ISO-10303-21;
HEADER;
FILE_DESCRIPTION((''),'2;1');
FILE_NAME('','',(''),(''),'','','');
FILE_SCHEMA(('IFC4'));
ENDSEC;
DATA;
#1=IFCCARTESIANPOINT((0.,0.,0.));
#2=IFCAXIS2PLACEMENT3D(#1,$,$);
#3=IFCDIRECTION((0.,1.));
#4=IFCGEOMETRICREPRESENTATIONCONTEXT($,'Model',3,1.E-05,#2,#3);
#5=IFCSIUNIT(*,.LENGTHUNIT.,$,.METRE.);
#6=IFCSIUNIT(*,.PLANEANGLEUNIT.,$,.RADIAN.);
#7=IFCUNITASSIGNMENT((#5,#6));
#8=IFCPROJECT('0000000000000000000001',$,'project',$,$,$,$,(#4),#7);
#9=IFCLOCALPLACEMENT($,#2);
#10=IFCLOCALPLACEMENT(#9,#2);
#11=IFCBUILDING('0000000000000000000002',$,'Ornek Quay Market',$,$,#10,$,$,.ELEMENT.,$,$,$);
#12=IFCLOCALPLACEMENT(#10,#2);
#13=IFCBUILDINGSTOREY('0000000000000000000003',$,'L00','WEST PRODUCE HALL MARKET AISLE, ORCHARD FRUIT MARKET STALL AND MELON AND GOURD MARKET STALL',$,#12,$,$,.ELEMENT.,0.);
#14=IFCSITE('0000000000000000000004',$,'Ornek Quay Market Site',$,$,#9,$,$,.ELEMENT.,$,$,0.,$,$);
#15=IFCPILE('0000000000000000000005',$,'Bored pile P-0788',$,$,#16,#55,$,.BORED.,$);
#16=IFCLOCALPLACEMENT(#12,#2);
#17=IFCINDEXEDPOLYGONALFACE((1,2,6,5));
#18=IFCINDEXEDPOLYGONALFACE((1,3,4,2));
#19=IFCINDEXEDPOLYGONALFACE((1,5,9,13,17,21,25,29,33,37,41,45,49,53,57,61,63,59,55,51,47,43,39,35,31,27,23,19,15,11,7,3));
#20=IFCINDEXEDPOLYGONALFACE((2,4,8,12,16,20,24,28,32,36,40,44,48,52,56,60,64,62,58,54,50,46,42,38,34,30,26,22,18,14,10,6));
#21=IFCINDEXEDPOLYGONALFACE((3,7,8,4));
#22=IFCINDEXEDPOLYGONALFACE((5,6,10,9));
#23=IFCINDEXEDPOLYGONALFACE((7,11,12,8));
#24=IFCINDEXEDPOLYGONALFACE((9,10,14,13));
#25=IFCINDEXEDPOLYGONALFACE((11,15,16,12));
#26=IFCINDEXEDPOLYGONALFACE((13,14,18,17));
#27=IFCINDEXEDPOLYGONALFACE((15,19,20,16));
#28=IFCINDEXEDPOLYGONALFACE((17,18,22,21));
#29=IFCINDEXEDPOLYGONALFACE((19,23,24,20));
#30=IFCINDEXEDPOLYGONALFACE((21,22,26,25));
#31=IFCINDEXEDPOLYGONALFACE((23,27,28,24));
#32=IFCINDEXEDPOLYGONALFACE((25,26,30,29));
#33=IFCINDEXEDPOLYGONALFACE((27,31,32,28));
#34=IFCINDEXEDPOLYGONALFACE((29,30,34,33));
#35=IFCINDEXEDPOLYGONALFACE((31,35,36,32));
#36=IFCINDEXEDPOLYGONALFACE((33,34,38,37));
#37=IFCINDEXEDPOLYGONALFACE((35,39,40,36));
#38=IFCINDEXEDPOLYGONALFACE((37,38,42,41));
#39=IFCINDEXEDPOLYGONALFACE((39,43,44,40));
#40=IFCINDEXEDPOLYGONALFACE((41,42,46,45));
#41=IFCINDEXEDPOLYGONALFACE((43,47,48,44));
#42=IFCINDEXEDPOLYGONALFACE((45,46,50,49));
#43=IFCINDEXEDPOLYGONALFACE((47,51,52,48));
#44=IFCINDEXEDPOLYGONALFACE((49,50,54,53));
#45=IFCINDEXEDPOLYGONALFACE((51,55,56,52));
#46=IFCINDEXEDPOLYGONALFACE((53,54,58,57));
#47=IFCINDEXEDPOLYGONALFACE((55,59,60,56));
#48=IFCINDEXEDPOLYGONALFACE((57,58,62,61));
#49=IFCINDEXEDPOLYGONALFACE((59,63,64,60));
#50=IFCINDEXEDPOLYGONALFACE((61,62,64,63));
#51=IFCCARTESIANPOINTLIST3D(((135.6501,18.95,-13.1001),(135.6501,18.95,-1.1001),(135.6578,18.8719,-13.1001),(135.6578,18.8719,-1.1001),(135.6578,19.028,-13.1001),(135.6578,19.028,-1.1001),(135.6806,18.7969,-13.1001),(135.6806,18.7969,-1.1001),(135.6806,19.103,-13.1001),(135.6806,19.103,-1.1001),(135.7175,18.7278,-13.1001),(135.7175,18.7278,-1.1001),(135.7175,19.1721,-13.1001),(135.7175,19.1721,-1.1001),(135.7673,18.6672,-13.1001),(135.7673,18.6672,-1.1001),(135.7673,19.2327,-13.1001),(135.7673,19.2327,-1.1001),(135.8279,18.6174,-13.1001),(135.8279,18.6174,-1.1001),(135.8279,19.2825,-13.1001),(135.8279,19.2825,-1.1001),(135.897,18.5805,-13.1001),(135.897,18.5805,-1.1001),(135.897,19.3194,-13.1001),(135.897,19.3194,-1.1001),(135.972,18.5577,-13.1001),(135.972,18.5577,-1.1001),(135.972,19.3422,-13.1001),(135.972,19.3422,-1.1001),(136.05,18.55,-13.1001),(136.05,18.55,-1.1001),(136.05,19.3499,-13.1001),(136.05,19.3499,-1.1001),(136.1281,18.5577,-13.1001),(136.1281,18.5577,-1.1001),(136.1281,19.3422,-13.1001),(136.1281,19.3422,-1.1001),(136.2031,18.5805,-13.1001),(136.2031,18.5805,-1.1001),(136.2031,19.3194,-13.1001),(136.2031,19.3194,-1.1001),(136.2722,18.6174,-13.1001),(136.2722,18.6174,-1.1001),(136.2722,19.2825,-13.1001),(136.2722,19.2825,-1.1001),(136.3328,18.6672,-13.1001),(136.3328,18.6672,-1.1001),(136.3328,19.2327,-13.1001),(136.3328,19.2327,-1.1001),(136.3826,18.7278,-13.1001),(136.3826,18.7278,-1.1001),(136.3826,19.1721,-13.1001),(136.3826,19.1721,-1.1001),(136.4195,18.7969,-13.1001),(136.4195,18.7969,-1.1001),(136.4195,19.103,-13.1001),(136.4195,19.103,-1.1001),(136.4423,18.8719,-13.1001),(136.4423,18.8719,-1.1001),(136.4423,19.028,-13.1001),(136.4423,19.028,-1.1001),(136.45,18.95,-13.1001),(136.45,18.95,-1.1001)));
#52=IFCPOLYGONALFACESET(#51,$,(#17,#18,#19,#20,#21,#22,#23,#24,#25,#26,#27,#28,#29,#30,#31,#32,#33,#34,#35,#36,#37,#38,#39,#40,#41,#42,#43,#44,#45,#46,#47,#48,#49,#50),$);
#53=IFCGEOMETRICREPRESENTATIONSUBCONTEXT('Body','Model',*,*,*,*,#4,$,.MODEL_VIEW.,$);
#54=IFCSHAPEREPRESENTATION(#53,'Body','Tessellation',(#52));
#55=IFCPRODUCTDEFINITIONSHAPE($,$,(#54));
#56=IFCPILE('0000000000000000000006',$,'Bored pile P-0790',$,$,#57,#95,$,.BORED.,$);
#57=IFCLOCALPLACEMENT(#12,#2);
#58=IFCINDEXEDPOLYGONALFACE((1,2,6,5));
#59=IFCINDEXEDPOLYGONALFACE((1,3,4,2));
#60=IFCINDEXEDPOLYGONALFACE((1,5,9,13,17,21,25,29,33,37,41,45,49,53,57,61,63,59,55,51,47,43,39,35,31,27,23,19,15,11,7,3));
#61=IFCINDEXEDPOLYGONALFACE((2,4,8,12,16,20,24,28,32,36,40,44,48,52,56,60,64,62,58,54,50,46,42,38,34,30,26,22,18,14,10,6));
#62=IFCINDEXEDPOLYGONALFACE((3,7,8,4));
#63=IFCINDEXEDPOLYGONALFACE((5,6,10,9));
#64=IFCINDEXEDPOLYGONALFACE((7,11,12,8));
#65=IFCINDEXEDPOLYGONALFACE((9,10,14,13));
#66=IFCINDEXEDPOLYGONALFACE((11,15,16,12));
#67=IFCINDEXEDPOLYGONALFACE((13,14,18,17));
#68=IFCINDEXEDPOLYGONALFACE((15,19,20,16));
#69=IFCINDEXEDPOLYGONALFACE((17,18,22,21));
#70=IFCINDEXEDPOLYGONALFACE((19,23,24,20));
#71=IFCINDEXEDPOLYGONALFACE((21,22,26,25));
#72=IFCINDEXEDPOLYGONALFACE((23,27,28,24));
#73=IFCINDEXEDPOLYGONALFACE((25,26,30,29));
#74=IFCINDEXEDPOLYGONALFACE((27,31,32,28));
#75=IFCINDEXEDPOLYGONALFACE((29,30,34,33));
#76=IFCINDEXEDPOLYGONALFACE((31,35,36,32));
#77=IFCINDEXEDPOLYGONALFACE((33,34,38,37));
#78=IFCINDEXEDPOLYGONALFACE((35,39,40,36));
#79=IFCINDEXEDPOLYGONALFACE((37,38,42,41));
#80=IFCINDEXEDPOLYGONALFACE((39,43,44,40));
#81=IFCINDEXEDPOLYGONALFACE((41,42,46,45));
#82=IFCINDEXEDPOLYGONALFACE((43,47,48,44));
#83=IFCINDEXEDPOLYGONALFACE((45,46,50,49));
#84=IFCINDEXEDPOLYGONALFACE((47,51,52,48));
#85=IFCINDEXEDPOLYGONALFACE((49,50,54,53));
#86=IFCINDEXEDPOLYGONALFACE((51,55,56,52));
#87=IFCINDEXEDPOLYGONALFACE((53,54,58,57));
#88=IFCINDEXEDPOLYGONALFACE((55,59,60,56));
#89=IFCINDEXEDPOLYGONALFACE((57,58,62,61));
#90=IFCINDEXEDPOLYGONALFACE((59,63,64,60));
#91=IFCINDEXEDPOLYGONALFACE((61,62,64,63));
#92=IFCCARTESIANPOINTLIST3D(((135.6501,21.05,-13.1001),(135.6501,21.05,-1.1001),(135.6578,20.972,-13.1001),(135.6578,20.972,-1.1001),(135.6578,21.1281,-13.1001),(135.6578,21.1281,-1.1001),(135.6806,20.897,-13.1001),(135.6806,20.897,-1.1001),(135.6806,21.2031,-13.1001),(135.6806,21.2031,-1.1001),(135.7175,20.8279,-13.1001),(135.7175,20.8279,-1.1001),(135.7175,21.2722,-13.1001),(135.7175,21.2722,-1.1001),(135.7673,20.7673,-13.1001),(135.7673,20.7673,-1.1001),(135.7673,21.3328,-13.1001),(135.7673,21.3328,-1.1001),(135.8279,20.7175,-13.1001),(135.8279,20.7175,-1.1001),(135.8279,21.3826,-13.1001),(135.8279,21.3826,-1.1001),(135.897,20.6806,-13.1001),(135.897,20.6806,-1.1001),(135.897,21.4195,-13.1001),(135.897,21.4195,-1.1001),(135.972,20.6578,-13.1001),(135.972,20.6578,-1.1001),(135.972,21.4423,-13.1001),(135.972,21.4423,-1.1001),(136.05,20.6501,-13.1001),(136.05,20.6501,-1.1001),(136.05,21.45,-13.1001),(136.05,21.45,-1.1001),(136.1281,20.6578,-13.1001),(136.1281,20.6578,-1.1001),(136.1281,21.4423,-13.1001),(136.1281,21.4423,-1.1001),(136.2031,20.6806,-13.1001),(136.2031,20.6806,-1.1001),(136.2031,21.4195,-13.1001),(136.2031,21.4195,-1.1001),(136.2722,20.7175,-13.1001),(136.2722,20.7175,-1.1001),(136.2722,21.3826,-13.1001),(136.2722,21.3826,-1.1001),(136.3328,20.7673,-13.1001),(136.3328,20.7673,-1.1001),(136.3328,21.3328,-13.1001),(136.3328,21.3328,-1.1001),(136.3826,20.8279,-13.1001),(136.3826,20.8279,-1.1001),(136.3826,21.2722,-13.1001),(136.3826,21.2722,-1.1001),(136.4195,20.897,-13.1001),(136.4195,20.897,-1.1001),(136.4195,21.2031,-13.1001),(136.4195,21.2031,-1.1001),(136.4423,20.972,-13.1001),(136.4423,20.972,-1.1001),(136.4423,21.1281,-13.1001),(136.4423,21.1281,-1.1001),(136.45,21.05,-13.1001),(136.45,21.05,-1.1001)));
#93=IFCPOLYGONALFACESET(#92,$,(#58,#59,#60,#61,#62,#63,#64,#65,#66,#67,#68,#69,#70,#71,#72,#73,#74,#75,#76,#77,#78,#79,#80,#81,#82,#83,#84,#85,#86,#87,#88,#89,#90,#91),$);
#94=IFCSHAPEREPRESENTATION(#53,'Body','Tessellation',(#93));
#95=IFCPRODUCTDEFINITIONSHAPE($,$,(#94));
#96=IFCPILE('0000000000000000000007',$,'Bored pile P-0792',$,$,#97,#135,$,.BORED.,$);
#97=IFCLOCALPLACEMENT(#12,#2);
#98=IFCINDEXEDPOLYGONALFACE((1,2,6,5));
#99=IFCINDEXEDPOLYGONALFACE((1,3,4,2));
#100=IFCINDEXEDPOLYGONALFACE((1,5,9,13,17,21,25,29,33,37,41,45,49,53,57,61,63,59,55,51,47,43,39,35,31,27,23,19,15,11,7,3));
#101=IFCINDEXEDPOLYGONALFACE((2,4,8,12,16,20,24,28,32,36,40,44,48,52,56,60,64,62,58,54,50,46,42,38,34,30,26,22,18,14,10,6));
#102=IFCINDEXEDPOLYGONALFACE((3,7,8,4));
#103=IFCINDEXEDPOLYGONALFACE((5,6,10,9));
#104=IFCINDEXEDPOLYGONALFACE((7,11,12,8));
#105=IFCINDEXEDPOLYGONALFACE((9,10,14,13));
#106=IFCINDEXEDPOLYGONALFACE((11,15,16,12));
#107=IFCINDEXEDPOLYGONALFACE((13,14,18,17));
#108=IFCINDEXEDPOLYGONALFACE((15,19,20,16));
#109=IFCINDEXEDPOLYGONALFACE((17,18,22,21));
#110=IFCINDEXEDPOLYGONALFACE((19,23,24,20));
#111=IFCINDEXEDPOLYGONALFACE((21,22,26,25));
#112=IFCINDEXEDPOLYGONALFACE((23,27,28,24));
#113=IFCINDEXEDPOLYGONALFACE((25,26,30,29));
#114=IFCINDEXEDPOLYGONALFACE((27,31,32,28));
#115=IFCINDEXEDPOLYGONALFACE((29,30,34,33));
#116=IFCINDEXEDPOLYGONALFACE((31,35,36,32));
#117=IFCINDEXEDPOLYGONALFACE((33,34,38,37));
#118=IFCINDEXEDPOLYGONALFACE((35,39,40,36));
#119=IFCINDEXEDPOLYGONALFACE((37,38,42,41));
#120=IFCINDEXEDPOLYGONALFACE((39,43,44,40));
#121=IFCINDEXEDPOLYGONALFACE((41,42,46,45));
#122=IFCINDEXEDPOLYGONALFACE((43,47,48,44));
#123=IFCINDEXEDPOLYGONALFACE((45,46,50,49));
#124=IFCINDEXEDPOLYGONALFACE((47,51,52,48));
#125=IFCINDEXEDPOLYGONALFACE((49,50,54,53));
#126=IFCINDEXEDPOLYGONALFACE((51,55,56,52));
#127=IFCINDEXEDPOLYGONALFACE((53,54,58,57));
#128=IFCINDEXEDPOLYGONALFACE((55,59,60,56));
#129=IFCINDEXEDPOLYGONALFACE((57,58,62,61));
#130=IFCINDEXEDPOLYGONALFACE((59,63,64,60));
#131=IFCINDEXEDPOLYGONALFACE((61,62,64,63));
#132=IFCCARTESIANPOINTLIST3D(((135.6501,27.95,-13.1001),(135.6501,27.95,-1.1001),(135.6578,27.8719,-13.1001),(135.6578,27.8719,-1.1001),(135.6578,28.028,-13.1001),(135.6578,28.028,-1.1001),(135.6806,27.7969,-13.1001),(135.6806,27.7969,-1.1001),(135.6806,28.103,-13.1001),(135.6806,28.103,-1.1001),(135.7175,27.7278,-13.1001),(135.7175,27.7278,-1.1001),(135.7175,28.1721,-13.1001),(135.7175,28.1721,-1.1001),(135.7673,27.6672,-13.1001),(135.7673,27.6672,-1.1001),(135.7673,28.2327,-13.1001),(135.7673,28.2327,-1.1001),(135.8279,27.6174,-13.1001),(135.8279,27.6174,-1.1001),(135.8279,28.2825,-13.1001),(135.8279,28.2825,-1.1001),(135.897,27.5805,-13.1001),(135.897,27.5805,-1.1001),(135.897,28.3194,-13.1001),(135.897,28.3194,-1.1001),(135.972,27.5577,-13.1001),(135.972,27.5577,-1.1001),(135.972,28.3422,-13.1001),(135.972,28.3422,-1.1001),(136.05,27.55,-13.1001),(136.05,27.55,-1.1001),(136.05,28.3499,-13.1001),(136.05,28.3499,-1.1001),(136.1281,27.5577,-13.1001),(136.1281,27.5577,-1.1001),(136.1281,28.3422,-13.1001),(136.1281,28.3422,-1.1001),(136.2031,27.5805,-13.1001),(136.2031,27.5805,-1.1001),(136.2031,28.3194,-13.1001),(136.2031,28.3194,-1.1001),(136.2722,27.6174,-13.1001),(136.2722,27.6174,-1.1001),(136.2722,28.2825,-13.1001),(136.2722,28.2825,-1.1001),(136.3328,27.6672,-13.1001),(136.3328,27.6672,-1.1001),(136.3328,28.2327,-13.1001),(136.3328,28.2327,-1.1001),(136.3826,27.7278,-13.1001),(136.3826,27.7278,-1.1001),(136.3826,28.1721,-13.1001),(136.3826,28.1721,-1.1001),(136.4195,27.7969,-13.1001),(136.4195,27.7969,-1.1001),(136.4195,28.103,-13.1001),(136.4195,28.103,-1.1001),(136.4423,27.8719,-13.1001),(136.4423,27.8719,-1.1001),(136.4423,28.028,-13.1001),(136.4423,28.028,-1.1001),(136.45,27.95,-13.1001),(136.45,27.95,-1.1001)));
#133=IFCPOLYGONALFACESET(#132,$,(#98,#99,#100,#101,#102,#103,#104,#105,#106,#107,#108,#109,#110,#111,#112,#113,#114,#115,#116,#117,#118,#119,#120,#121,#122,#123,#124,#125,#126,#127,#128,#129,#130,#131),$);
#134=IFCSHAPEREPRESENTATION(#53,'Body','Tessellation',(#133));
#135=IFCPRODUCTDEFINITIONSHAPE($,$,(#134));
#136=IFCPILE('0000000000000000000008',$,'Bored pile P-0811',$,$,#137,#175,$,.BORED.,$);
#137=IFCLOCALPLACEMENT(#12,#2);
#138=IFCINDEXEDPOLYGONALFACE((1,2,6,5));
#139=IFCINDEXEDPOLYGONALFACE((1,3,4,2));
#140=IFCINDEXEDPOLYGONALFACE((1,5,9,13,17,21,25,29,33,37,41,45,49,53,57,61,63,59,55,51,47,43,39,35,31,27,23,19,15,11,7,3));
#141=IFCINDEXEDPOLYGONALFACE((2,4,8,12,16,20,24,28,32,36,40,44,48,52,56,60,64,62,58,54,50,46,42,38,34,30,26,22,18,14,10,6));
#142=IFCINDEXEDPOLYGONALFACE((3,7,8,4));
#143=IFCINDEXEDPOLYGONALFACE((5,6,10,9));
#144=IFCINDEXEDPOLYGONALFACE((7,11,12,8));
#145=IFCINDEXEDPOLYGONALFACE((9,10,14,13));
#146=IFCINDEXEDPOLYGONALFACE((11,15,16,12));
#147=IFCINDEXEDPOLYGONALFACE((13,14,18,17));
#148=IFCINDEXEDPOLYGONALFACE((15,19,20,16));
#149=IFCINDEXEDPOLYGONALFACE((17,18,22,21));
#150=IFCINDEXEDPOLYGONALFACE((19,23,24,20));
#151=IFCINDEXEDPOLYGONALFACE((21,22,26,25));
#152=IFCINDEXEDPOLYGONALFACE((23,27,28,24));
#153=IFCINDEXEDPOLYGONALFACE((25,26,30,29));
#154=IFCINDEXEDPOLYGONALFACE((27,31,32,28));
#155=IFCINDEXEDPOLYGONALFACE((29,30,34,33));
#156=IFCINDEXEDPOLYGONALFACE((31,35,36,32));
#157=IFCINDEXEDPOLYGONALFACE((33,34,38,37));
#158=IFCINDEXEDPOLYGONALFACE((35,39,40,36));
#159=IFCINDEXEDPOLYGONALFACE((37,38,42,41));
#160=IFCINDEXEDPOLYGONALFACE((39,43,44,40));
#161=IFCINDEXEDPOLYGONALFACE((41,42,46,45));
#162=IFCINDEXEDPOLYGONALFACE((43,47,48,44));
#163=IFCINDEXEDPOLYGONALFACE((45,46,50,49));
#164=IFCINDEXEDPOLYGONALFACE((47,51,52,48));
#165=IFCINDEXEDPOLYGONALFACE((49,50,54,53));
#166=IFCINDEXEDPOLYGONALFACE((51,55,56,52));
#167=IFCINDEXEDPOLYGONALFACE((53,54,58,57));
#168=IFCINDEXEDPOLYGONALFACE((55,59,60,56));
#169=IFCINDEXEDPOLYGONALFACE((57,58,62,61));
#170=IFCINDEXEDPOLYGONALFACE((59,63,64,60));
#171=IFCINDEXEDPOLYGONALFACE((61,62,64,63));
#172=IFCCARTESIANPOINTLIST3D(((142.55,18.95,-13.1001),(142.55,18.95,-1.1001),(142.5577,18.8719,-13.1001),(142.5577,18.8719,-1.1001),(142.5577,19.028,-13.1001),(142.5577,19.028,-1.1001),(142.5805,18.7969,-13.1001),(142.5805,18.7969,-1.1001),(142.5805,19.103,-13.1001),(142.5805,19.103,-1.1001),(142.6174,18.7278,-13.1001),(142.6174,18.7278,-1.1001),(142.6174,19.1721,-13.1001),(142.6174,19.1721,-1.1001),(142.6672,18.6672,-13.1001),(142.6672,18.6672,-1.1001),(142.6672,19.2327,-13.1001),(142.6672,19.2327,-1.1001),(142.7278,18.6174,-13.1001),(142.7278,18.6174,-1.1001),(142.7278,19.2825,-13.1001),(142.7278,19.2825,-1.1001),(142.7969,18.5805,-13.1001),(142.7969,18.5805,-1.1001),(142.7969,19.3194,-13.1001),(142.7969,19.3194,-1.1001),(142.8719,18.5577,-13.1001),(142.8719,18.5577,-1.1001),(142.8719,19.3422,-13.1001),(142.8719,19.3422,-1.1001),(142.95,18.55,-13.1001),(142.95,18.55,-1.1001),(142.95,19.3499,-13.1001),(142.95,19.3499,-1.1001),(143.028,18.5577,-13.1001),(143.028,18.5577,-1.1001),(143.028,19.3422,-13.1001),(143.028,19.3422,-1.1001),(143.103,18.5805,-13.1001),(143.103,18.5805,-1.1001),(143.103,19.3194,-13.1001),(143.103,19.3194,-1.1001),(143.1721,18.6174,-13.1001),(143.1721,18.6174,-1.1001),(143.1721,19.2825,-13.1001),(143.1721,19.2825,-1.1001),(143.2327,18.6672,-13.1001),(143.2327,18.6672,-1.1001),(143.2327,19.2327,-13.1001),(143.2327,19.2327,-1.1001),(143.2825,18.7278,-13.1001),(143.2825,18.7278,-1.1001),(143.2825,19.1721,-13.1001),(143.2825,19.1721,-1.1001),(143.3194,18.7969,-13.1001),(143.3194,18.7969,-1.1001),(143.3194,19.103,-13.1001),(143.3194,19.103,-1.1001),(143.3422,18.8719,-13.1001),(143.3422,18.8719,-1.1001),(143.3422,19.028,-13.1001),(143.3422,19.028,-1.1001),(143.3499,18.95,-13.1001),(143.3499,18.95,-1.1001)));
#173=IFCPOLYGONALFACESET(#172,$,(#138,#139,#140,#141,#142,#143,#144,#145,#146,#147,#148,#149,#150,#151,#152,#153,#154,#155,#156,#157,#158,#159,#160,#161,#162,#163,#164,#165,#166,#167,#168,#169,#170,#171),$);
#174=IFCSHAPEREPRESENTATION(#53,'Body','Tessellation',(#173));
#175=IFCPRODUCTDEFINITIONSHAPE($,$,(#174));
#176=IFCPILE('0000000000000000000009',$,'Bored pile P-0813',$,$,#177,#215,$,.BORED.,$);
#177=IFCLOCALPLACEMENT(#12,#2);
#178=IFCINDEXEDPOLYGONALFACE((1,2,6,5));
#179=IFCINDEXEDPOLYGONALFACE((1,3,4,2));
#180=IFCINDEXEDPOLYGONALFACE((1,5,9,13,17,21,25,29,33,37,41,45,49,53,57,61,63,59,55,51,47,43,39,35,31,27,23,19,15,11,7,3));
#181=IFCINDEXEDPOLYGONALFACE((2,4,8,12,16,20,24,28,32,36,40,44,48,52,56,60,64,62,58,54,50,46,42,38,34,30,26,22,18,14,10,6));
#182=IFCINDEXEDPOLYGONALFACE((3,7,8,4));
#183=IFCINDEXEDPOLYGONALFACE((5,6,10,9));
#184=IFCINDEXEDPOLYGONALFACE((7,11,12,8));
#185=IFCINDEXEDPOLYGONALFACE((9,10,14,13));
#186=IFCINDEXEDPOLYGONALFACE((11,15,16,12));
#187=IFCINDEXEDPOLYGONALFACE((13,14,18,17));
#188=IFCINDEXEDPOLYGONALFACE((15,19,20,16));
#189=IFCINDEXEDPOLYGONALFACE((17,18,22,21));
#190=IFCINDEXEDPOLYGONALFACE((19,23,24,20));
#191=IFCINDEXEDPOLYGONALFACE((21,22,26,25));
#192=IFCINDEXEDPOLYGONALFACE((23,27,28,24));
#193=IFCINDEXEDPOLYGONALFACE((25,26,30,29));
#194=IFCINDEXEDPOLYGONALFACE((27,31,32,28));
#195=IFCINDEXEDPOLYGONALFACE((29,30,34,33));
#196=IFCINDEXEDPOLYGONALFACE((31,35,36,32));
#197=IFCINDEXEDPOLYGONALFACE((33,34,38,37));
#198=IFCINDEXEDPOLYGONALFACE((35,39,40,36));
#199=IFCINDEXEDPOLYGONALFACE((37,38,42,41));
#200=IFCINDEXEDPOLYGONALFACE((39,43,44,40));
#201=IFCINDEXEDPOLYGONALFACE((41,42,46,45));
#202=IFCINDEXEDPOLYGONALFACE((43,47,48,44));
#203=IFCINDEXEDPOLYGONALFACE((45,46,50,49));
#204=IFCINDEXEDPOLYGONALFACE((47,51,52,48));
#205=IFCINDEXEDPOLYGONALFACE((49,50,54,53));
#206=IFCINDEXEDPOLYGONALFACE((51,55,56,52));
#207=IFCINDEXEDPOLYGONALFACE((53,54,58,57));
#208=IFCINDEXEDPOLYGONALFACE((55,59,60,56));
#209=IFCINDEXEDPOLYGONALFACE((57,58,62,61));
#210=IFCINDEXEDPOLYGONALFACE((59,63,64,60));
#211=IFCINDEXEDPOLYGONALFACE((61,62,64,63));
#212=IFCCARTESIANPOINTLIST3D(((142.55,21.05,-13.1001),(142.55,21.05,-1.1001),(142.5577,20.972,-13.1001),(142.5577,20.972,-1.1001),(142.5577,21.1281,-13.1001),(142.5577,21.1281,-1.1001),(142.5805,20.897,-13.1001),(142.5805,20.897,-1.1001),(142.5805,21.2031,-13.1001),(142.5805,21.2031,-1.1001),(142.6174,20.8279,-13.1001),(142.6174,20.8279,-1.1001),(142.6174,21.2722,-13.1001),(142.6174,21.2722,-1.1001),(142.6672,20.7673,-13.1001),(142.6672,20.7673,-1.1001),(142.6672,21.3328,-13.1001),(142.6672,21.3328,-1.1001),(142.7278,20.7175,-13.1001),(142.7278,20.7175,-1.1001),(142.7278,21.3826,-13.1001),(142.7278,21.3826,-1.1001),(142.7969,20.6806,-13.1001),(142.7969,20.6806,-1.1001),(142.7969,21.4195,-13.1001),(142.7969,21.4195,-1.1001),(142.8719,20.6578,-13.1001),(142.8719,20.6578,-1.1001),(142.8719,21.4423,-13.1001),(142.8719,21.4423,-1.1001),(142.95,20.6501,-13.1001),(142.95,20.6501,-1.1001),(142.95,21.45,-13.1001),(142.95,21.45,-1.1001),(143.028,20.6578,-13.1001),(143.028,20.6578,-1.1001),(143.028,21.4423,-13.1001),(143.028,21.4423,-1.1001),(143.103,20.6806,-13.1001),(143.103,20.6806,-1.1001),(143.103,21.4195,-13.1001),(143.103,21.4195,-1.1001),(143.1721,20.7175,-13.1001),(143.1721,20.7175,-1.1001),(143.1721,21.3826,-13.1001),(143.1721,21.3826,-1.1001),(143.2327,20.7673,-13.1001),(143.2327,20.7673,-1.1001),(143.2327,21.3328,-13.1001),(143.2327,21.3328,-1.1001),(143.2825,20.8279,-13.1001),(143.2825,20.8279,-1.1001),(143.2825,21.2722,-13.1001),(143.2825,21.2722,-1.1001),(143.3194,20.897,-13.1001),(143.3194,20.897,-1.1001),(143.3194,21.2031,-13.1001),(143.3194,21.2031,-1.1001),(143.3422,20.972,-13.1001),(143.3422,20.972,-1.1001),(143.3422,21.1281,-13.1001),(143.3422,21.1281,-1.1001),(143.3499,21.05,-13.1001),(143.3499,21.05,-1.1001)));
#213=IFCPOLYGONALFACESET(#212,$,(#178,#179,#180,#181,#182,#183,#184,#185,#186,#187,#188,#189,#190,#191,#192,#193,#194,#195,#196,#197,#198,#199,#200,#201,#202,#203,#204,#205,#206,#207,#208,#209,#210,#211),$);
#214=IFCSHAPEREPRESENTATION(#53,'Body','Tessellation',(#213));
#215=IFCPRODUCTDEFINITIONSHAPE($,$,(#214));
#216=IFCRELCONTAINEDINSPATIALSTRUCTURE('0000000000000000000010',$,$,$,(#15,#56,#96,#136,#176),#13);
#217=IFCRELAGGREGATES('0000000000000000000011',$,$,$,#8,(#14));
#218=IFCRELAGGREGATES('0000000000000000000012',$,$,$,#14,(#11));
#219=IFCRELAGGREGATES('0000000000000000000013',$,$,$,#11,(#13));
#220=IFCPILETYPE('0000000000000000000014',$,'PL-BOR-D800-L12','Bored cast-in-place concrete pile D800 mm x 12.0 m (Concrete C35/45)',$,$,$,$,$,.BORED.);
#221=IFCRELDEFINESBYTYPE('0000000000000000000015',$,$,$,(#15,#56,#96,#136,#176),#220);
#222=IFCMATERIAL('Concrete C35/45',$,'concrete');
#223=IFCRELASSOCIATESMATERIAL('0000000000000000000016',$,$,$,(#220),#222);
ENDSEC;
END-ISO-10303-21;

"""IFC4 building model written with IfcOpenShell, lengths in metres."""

from ifc_helpers import new_model, si_unit, direction, frame, origin, origin_2d, place, context, subcontext, project, spatial, circle, extrude, material, material_profile, profile_set, type_object, element, save


model = new_model("IFC4")

# Units and contexts
model_context = context("Model", 3, precision=1e-05, world=origin(), true_north=direction((0.0, 1.0)))
body_context = subcontext(model_context, "Body", "Model", "MODEL_VIEW")
ifc_project = project(units=[si_unit("LENGTHUNIT", "METRE"), si_unit("PLANEANGLEUNIT", "RADIAN")], contexts=[model_context])

# Site, building, storey
site_placement = place(None, origin())
site = spatial("IfcSite", under=ifc_project, at=site_placement, Name="Ornek Quay Market Site", CompositionType="ELEMENT", RefElevation=0.0)
building_placement = place(site_placement, origin())
building = spatial("IfcBuilding", under=site, at=building_placement, Name="Ornek Quay Market", CompositionType="ELEMENT")
storey_placement = place(building_placement, origin())
storey = spatial("IfcBuildingStorey", under=building, at=storey_placement, Name="L00", Description="WEST PRODUCE HALL MARKET AISLE, ORCHARD FRUIT MARKET STALL AND MELON AND GOURD MARKET STALL", CompositionType="ELEMENT", Elevation=0.0)

# Piles
ifc_material_1 = material(Name="Concrete C35/45", Category="concrete")
ifc_material_profile_1 = material_profile(ifc_material_1, circle(Radius=0.3999, at=origin_2d()), Name="PILE D800", Category="concrete")
ifc_profile_set_1 = profile_set([ifc_material_profile_1], Name="Concrete C35/45")
pile_type = type_object("IfcPileType", Name="PL-BOR-D800-L12", Description="Bored cast-in-place concrete pile D800 mm x 12.0 m (Concrete C35/45)", PredefinedType="BORED", material=ifc_profile_set_1)
for number, where, z_axis, x_axis, name in (
    (1, (136.05, 18.95, -1.1001), (0.0, 0.0, -1.0), (1.0, 0.0, 0.0), "Bored pile P-0788"),
    (2, (136.05, 21.05, -1.1001), (0.0, 0.0, -1.0), (1.0, 0.0, 0.0), "Bored pile P-0790"),
    (3, (136.05, 27.95, -1.1001), (0.0, 0.0, -1.0), (1.0, 0.0, 0.0), "Bored pile P-0792"),
    (4, (142.95, 18.95, -1.1001), (0.0, 0.0, -1.0), (1.0, 0.0, 0.0), "Bored pile P-0811"),
    (5, (142.95, 21.05, -1.1001), (0.0, 0.0, -1.0), (1.0, 0.0, 0.0), "Bored pile P-0813"),
):
    element("IfcPile", number, at=place(storey_placement, frame(where, z_axis=z_axis, x_axis=x_axis)), inside=storey, type_object=pile_type, Name=name, PredefinedType="BORED", context=body_context, shape_type="SweptSolid", body=[
        extrude(circle(Radius=0.3999, at=origin_2d()), origin(), (0.0, 0.0, 1.0), 12.0),
    ])

save(model, "model.ifc")
